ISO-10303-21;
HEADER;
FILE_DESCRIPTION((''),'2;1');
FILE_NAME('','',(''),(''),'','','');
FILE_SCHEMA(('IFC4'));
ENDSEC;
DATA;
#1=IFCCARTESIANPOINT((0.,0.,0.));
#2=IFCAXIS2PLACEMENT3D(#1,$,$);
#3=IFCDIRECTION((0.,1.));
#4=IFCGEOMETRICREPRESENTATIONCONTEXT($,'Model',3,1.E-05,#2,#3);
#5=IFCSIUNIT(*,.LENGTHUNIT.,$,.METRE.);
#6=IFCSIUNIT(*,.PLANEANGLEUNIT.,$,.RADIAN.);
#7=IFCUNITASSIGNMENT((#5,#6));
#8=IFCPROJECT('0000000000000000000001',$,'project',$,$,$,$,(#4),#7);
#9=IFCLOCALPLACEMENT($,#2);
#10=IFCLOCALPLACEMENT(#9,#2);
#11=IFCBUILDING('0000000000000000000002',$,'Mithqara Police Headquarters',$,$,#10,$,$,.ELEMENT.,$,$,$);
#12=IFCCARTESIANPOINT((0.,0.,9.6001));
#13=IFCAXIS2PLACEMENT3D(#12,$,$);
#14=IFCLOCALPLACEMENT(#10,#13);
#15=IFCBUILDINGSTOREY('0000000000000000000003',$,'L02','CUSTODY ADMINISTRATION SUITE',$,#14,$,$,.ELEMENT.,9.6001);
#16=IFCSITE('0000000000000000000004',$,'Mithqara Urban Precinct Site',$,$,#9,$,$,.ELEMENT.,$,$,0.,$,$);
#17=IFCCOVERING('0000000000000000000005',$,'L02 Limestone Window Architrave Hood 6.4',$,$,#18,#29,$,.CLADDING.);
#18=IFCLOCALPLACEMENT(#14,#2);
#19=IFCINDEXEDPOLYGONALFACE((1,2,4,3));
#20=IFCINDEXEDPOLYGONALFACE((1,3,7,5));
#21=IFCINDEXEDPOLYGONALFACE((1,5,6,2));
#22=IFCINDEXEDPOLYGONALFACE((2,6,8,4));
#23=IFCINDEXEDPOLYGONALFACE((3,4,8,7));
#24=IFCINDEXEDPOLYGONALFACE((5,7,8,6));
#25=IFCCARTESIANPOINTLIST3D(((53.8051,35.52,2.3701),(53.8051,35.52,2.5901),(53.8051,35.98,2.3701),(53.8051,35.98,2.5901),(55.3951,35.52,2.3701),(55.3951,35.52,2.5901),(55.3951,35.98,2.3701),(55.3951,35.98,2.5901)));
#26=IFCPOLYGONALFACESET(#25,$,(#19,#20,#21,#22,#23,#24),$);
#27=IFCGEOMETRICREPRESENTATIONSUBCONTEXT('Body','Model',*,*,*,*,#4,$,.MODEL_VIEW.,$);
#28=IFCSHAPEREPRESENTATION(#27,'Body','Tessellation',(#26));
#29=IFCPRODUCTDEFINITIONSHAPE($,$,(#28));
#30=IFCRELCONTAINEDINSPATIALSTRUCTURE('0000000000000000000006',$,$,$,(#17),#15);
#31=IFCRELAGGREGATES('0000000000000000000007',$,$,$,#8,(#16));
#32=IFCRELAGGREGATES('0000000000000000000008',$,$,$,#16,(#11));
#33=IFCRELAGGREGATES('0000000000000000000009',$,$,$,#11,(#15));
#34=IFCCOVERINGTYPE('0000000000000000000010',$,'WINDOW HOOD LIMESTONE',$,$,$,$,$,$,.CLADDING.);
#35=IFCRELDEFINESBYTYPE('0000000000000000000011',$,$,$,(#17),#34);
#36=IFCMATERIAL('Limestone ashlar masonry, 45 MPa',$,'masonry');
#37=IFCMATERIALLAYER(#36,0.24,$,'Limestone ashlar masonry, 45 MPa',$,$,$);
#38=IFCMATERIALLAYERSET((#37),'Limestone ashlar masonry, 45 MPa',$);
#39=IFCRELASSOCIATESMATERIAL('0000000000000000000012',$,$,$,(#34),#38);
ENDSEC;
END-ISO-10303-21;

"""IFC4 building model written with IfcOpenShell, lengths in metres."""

from ifc_helpers import new_model, si_unit, direction, frame, origin, origin_2d, place, context, subcontext, project, spatial, rectangle, extrude, material, layer, layer_set, type_object, element, save


model = new_model("IFC4")

# Units and contexts
model_context = context("Model", 3, precision=1e-05, world=origin(), true_north=direction((0.0, 1.0)))
body_context = subcontext(model_context, "Body", "Model", "MODEL_VIEW")
ifc_project = project(units=[si_unit("LENGTHUNIT", "METRE"), si_unit("PLANEANGLEUNIT", "RADIAN")], contexts=[model_context])

# Site, building, storey
site_placement = place(None, origin())
site = spatial("IfcSite", under=ifc_project, at=site_placement, Name="Mithqara Urban Precinct Site", CompositionType="ELEMENT", RefElevation=0.0)
building_placement = place(site_placement, origin())
building = spatial("IfcBuilding", under=site, at=building_placement, Name="Mithqara Police Headquarters", CompositionType="ELEMENT")
storey_placement = place(building_placement, frame((0.0, 0.0, 9.6001)))
storey = spatial("IfcBuildingStorey", under=building, at=storey_placement, Name="L02", Description="CUSTODY ADMINISTRATION SUITE", CompositionType="ELEMENT", Elevation=9.6001)

# Shared definitions
ifc_material_1 = material(Name="Limestone ashlar masonry, 45 MPa", Category="masonry")

# Covering
ifc_layer_1 = layer(ifc_material_1, 0.24, Name="Limestone ashlar masonry, 45 MPa")
ifc_layer_set_1 = layer_set([ifc_layer_1], Name="Limestone ashlar masonry, 45 MPa")
covering_type_1 = type_object("IfcCoveringType", Name="WINDOW HOOD LIMESTONE", PredefinedType="CLADDING", material=ifc_layer_set_1)
for number, where, z_axis, x_axis, name in (
    (1, (54.6001, 35.75, 2.3701), (0.0, 0.0, 1.0), (1.0, 0.0, 0.0), "L02 Limestone Window Architrave Hood 6.4"),
):
    element("IfcCovering", number, at=place(storey_placement, frame(where, z_axis=z_axis, x_axis=x_axis)), inside=storey, type_object=covering_type_1, Name=name, PredefinedType="CLADDING", context=body_context, shape_type="SweptSolid", body=[
        extrude(rectangle(XDim=1.5901, YDim=0.46, at=origin_2d()), origin(), (0.0, 0.0, 1.0), 0.22),
    ])

save(model, "model.ifc")
